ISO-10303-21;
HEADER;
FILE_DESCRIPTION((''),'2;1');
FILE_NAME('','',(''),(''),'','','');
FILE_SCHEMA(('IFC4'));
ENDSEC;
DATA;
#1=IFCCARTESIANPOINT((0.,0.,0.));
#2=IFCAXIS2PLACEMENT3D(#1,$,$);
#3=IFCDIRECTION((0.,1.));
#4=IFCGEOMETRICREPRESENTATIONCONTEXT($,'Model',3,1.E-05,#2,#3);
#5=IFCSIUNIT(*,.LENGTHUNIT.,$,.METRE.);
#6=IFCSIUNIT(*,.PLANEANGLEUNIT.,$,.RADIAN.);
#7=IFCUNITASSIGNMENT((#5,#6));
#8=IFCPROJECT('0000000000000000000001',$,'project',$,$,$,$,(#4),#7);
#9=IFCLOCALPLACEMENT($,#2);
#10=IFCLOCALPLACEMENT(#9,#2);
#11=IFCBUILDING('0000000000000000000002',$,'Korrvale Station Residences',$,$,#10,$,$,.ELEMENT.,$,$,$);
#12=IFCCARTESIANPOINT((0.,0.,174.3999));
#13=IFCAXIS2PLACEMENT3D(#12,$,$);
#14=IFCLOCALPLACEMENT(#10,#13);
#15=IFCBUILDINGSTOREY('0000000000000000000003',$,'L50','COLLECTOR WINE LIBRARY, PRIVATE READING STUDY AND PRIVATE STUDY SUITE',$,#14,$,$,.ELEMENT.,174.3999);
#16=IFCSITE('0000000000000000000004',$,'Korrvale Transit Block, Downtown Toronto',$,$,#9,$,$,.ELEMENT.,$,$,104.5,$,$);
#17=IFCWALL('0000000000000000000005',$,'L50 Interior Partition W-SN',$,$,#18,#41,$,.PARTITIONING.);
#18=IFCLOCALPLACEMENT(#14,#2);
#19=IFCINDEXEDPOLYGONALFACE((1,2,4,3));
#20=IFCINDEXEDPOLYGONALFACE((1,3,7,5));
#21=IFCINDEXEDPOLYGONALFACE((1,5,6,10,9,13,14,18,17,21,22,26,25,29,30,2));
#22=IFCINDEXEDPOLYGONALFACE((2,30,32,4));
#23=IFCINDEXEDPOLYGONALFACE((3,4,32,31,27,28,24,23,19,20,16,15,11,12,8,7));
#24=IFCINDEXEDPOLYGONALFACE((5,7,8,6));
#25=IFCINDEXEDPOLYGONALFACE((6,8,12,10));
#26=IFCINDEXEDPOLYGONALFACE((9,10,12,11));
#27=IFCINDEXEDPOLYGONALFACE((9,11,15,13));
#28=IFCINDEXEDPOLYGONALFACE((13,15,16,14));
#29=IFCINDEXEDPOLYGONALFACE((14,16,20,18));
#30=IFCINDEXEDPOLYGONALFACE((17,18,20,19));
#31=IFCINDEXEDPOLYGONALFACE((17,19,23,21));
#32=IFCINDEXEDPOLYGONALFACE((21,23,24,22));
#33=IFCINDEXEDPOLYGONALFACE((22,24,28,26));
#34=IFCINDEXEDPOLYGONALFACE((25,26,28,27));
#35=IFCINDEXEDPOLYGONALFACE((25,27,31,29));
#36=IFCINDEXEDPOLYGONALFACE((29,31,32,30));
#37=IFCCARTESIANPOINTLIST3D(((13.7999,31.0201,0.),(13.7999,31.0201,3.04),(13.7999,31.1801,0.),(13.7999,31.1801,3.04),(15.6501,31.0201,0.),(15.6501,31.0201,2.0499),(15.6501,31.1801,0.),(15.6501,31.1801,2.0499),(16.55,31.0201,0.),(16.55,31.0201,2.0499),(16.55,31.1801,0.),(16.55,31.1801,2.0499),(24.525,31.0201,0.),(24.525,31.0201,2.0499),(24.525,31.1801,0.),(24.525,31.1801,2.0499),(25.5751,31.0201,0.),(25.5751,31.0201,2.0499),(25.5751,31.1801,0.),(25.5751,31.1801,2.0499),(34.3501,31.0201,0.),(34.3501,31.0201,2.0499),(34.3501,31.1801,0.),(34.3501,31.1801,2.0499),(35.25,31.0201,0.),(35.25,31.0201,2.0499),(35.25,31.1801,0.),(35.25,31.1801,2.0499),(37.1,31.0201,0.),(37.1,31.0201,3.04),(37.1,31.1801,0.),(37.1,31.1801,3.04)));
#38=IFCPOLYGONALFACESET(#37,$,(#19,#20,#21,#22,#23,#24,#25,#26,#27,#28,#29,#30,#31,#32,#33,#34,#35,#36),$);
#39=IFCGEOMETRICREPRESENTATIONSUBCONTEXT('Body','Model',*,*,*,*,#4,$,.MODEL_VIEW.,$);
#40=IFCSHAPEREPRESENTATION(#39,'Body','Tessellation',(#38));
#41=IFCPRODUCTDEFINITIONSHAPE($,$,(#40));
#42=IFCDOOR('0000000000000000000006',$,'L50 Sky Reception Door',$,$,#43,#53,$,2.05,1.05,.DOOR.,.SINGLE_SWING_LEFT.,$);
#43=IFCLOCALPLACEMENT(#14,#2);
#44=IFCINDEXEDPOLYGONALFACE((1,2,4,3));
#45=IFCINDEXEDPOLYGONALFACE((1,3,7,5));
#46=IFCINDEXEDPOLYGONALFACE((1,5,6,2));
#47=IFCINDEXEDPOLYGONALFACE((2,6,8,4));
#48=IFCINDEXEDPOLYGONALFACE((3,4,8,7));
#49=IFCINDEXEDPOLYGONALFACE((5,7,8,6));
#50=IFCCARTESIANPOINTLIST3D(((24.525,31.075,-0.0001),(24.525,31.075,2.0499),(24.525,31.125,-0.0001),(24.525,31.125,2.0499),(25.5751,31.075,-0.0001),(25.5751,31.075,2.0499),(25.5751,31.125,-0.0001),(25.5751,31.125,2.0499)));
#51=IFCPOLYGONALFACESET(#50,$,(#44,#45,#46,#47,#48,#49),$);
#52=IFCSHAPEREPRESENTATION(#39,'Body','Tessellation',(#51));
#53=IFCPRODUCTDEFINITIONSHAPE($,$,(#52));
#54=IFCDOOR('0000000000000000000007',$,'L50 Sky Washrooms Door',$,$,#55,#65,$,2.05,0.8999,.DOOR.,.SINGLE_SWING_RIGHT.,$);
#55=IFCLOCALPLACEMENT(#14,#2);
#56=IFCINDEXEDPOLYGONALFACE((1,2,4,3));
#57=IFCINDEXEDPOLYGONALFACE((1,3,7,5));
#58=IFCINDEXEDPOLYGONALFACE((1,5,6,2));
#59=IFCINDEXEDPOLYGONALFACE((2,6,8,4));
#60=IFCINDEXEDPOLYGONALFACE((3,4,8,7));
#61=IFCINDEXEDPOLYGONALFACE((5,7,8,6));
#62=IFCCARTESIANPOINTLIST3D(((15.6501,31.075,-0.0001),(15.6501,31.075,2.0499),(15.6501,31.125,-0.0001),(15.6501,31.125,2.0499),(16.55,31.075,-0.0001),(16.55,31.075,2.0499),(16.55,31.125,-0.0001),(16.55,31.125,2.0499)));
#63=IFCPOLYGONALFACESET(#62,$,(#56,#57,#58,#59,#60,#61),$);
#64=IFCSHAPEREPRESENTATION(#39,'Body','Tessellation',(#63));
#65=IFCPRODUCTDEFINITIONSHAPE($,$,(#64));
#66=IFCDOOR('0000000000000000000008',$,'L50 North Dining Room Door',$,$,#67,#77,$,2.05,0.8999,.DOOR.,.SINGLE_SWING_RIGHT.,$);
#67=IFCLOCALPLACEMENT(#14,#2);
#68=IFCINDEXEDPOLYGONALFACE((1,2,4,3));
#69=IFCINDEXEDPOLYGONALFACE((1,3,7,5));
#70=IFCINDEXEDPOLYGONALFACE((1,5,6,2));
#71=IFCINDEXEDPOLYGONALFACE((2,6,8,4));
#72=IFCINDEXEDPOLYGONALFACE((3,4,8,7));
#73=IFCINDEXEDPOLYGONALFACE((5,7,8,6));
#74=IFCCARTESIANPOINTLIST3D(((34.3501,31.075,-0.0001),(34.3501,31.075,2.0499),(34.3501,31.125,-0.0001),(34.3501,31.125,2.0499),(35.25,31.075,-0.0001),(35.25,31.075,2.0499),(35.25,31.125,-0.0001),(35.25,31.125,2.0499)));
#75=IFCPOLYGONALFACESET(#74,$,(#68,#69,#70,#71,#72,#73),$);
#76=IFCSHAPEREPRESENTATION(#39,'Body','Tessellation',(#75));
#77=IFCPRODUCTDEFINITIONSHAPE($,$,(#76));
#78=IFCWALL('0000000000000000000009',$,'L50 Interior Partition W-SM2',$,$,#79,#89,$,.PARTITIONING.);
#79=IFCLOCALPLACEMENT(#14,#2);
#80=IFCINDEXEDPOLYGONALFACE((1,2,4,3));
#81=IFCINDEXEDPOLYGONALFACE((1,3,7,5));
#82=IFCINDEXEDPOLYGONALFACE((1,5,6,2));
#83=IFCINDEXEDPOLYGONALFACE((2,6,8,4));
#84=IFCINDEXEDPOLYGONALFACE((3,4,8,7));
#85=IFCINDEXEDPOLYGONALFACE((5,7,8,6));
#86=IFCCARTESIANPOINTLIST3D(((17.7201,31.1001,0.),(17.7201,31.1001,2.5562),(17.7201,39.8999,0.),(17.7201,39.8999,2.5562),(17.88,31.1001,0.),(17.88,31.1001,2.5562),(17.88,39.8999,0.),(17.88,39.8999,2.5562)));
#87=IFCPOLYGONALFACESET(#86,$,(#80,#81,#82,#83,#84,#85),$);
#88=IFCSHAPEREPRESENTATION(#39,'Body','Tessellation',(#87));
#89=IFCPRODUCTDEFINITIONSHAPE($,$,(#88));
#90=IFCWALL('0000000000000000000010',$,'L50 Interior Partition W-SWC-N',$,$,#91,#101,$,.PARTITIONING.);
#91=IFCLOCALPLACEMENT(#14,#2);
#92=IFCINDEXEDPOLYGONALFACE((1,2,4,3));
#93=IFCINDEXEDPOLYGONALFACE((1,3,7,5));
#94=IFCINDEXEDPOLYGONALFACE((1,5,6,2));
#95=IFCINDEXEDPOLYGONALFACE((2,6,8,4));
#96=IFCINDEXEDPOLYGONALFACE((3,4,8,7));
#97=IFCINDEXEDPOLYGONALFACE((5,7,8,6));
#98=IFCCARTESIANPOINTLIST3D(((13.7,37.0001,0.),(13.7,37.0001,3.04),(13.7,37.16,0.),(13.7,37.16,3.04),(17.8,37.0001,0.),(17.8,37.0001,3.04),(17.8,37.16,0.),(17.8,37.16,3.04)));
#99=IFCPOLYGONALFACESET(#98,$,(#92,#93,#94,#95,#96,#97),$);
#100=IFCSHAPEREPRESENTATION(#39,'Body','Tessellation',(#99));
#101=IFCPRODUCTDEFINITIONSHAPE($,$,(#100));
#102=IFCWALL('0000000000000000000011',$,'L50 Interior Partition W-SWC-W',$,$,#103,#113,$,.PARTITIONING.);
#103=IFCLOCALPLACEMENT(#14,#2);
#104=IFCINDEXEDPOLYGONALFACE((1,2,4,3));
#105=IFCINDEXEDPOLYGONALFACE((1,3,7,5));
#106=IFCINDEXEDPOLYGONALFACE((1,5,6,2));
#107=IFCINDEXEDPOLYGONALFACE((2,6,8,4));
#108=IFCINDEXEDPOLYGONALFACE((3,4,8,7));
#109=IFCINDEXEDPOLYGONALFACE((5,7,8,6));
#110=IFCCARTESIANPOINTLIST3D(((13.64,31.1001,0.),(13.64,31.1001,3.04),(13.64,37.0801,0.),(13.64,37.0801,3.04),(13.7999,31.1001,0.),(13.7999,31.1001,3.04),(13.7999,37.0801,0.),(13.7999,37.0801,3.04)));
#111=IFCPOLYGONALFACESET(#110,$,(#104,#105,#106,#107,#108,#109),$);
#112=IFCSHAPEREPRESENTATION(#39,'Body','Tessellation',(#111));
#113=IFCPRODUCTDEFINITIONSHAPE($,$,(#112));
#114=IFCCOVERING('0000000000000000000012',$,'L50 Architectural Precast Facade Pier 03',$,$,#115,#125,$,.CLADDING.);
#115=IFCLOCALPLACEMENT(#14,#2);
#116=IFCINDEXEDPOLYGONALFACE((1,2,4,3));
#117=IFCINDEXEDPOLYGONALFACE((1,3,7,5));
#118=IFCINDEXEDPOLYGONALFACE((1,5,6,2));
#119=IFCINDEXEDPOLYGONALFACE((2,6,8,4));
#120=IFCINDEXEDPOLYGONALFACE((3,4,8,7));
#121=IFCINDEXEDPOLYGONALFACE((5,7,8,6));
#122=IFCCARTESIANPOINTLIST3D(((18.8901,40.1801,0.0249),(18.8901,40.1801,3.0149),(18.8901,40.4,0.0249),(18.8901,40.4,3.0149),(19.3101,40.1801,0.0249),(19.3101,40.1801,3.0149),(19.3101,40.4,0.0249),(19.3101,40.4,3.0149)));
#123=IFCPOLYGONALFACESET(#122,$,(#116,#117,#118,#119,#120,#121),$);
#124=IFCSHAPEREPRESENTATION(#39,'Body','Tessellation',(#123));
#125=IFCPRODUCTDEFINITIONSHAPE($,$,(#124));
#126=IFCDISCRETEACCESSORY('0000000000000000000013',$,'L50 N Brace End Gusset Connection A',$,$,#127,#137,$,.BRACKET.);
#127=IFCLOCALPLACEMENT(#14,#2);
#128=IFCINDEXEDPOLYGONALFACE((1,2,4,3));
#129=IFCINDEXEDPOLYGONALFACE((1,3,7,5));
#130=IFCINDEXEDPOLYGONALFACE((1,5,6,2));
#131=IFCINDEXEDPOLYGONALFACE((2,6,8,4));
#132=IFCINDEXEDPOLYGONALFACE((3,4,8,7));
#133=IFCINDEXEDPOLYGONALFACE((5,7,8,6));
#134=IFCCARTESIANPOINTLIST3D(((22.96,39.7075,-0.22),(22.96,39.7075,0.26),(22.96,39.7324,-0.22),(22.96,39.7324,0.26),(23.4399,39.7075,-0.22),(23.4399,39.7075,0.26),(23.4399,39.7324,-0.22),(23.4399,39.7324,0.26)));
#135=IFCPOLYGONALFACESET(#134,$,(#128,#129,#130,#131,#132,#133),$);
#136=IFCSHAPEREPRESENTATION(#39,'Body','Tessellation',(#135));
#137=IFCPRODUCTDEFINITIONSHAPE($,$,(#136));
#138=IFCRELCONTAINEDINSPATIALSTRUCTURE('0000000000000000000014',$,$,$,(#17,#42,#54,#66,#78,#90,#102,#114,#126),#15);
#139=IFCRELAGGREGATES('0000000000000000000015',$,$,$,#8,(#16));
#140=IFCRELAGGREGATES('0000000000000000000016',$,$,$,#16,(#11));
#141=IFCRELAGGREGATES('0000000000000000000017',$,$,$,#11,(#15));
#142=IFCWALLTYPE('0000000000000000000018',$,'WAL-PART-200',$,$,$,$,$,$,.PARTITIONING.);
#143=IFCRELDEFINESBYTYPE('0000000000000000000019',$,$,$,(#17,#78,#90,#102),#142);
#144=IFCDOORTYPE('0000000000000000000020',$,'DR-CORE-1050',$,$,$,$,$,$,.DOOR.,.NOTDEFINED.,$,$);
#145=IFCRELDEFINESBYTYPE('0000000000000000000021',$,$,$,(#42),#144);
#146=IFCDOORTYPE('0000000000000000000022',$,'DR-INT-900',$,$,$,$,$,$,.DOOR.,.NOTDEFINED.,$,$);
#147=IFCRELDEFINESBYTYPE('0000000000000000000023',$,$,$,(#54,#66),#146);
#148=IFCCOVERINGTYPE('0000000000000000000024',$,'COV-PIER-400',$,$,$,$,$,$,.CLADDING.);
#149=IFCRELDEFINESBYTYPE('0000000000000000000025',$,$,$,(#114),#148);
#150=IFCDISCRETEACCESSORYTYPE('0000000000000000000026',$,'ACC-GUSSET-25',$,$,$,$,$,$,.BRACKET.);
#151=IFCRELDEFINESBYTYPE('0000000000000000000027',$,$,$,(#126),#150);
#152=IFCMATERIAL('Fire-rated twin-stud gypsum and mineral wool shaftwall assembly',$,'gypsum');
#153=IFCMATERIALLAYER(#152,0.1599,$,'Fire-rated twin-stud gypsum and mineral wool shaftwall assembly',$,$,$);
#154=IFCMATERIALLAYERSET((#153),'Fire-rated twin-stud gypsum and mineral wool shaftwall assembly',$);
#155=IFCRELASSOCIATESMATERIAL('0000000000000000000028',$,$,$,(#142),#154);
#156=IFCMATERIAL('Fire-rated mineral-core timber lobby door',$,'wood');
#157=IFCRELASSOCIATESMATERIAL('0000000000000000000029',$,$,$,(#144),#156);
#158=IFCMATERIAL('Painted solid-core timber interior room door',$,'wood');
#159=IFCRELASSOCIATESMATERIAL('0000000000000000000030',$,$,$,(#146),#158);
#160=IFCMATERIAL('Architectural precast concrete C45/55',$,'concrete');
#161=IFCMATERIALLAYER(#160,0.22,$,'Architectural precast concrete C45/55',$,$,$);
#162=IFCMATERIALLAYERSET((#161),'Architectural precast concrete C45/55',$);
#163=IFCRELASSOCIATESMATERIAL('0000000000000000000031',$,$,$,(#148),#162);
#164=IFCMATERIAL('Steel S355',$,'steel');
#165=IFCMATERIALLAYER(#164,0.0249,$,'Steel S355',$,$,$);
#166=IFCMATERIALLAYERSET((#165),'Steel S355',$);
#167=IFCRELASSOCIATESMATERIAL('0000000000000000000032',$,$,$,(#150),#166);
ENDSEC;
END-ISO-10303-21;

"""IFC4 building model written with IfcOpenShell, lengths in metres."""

from ifc_helpers import new_model, si_unit, direction, frame, frame_2d, origin, origin_2d, place, context, subcontext, project, spatial, rectangle, extrude, material, layer, layer_set, type_object, element, fill, save


model = new_model("IFC4")

# Units and contexts
model_context = context("Model", 3, precision=1e-05, world=origin(), true_north=direction((0.0, 1.0)))
body_context = subcontext(model_context, "Body", "Model", "MODEL_VIEW")
ifc_project = project(units=[si_unit("LENGTHUNIT", "METRE"), si_unit("PLANEANGLEUNIT", "RADIAN")], contexts=[model_context])

# Site, building, storey
site_placement = place(None, origin())
site = spatial("IfcSite", under=ifc_project, at=site_placement, Name="Korrvale Transit Block, Downtown Toronto", CompositionType="ELEMENT", RefElevation=104.5)
building_placement = place(site_placement, origin())
building = spatial("IfcBuilding", under=site, at=building_placement, Name="Korrvale Station Residences", CompositionType="ELEMENT")
storey_placement = place(building_placement, frame((0.0, 0.0, 174.3999)))
storey = spatial("IfcBuildingStorey", under=building, at=storey_placement, Name="L50", Description="COLLECTOR WINE LIBRARY, PRIVATE READING STUDY AND PRIVATE STUDY SUITE", CompositionType="ELEMENT", Elevation=174.3999)

# Shared definitions
ifc_material_1 = material(Name="Steel S355", Category="steel")

# Wall, openings, doors
ifc_material_2 = material(Name="Fire-rated twin-stud gypsum and mineral wool shaftwall assembly", Category="gypsum")
ifc_layer_1 = layer(ifc_material_2, 0.1599, Name="Fire-rated twin-stud gypsum and mineral wool shaftwall assembly")
ifc_layer_set_1 = layer_set([ifc_layer_1], Name="Fire-rated twin-stud gypsum and mineral wool shaftwall assembly")
wall_type_1 = type_object("IfcWallType", Name="WAL-PART-200", PredefinedType="PARTITIONING", material=ifc_layer_set_1)
wall_1_placement = place(storey_placement, frame((13.8, 31.1001, 0.0), z_axis=(0.0, 0.0, 1.0), x_axis=(1.0, 0.0, 0.0)))
wall_1 = element("IfcWall", 1, at=wall_1_placement, inside=storey, type_object=wall_type_1, Name="L50 Interior Partition W-SN", PredefinedType="PARTITIONING", context=body_context, shape_type="SweptSolid", body=[
    extrude(rectangle(XDim=23.3, YDim=0.1599, at=frame_2d((11.6499, 0.0))), origin(), (0.0, 0.0, 1.0), 3.04),
])
opening_1_placement = place(wall_1_placement, frame((1.8501, 0.0, 0.0)))
opening_1 = element("IfcOpeningElement", 2, at=opening_1_placement, cuts=wall_1, PredefinedType="OPENING", context=body_context, shape_type="SweptSolid", body=[
    extrude(rectangle(XDim=0.8999, YDim=2.05, at=frame_2d((0.45, 1.0249))), frame((0.0, 0.0898, 0.0), z_axis=(0.0, -1.0, 0.0), x_axis=(1.0, 0.0, 0.0)), (0.0, 0.0, 1.0), 0.1799),
])
opening_2_placement = place(wall_1_placement, frame((10.7251, 0.0, 0.0)))
opening_2 = element("IfcOpeningElement", 3, at=opening_2_placement, cuts=wall_1, PredefinedType="OPENING", context=body_context, shape_type="SweptSolid", body=[
    extrude(rectangle(XDim=1.05, YDim=2.05, at=frame_2d((0.5249, 1.0249))), frame((0.0, 0.0898, 0.0), z_axis=(0.0, -1.0, 0.0), x_axis=(1.0, 0.0, 0.0)), (0.0, 0.0, 1.0), 0.1799),
])
opening_3_placement = place(wall_1_placement, frame((20.55, 0.0, 0.0)))
opening_3 = element("IfcOpeningElement", 4, at=opening_3_placement, cuts=wall_1, PredefinedType="OPENING", context=body_context, shape_type="SweptSolid", body=[
    extrude(rectangle(XDim=0.8999, YDim=2.05, at=frame_2d((0.45, 1.0249))), frame((0.0, 0.0898, 0.0), z_axis=(0.0, -1.0, 0.0), x_axis=(1.0, 0.0, 0.0)), (0.0, 0.0, 1.0), 0.1799),
])
ifc_material_3 = material(Name="Fire-rated mineral-core timber lobby door", Category="wood")
door_type_1 = type_object("IfcDoorType", Name="DR-CORE-1050", OperationType="NOTDEFINED", PredefinedType="DOOR", material=ifc_material_3)
door_1_placement = place(opening_2_placement, origin())
door_1 = element("IfcDoor", 5, at=door_1_placement, inside=storey, type_object=door_type_1, Name="L50 Sky Reception Door", OperationType="SINGLE_SWING_LEFT", OverallHeight=2.05, OverallWidth=1.05, PredefinedType="DOOR", context=body_context, shape_type="SweptSolid", body=[
    extrude(rectangle(XDim=1.05, YDim=2.05, at=frame_2d((0.5249, 1.0249))), frame((0.0, 0.0249, 0.0), z_axis=(0.0, -1.0, 0.0), x_axis=(1.0, 0.0, 0.0)), (0.0, 0.0, 1.0), 0.05),
])
fill(opening_2, door_1)
ifc_material_4 = material(Name="Painted solid-core timber interior room door", Category="wood")
door_type_2 = type_object("IfcDoorType", Name="DR-INT-900", OperationType="NOTDEFINED", PredefinedType="DOOR", material=ifc_material_4)
door_2_placement = place(opening_1_placement, origin())
door_2 = element("IfcDoor", 6, at=door_2_placement, inside=storey, type_object=door_type_2, Name="L50 Sky Washrooms Door", OperationType="SINGLE_SWING_RIGHT", OverallHeight=2.05, OverallWidth=0.8999, PredefinedType="DOOR", context=body_context, shape_type="SweptSolid", body=[
    extrude(rectangle(XDim=0.8999, YDim=2.05, at=frame_2d((0.45, 1.0249))), frame((0.0, 0.0249, 0.0), z_axis=(0.0, -1.0, 0.0), x_axis=(1.0, 0.0, 0.0)), (0.0, 0.0, 1.0), 0.05),
])
fill(opening_1, door_2)
door_3_placement = place(opening_3_placement, origin())
door_3 = element("IfcDoor", 7, at=door_3_placement, inside=storey, type_object=door_type_2, Name="L50 North Dining Room Door", OperationType="SINGLE_SWING_RIGHT", OverallHeight=2.05, OverallWidth=0.8999, PredefinedType="DOOR", context=body_context, shape_type="SweptSolid", body=[
    extrude(rectangle(XDim=0.8999, YDim=2.05, at=frame_2d((0.45, 1.0249))), frame((0.0, 0.0249, 0.0), z_axis=(0.0, -1.0, 0.0), x_axis=(1.0, 0.0, 0.0)), (0.0, 0.0, 1.0), 0.05),
])
fill(opening_3, door_3)

# Walls
wall_2_placement = place(storey_placement, frame((17.8, 31.1001, 0.0), z_axis=(0.0, 0.0, 1.0), x_axis=(0.0, 1.0, 0.0)))
element("IfcWall", 8, at=wall_2_placement, inside=storey, type_object=wall_type_1, Name="L50 Interior Partition W-SM2", PredefinedType="PARTITIONING", context=body_context, shape_type="SweptSolid", body=[
    extrude(rectangle(XDim=8.7998, YDim=0.1599, at=frame_2d((4.3999, 0.0))), origin(), (0.0, 0.0, 1.0), 2.5562),
])
wall_3_placement = place(storey_placement, frame((13.7, 37.0801, 0.0), z_axis=(0.0, 0.0, 1.0), x_axis=(1.0, 0.0, 0.0)))
element("IfcWall", 9, at=wall_3_placement, inside=storey, type_object=wall_type_1, Name="L50 Interior Partition W-SWC-N", PredefinedType="PARTITIONING", context=body_context, shape_type="SweptSolid", body=[
    extrude(rectangle(XDim=4.1001, YDim=0.1599, at=frame_2d((2.05, 0.0))), origin(), (0.0, 0.0, 1.0), 3.04),
])
wall_4_placement = place(storey_placement, frame((13.72, 31.1001, 0.0), z_axis=(0.0, 0.0, 1.0), x_axis=(0.0, 1.0, 0.0)))
element("IfcWall", 10, at=wall_4_placement, inside=storey, type_object=wall_type_1, Name="L50 Interior Partition W-SWC-W", PredefinedType="PARTITIONING", context=body_context, shape_type="SweptSolid", body=[
    extrude(rectangle(XDim=5.98, YDim=0.1599, at=frame_2d((2.99, 0.0))), origin(), (0.0, 0.0, 1.0), 3.04),
])

# Covering
ifc_material_5 = material(Name="Architectural precast concrete C45/55", Category="concrete")
ifc_layer_2 = layer(ifc_material_5, 0.22, Name="Architectural precast concrete C45/55")
ifc_layer_set_2 = layer_set([ifc_layer_2], Name="Architectural precast concrete C45/55")
covering_type = type_object("IfcCoveringType", Name="COV-PIER-400", PredefinedType="CLADDING", material=ifc_layer_set_2)
covering_placement = place(storey_placement, frame((19.1001, 40.29, 0.0249), z_axis=(0.0, 0.0, 1.0), x_axis=(1.0, 0.0, 0.0)))
element("IfcCovering", 11, at=covering_placement, inside=storey, type_object=covering_type, Name="L50 Architectural Precast Facade Pier 03", PredefinedType="CLADDING", context=body_context, shape_type="SweptSolid", body=[
    extrude(rectangle(XDim=0.4199, YDim=0.22, at=origin_2d()), origin(), (0.0, 0.0, 1.0), 2.99),
])

# Discrete accessory
ifc_layer_3 = layer(ifc_material_1, 0.0249, Name="Steel S355")
ifc_layer_set_3 = layer_set([ifc_layer_3], Name="Steel S355")
discrete_accessory_type = type_object("IfcDiscreteAccessoryType", Name="ACC-GUSSET-25", PredefinedType="BRACKET", material=ifc_layer_set_3)
discrete_accessory_placement = place(storey_placement, frame((23.2, 39.72, -0.22), z_axis=(0.0, 0.0, 1.0), x_axis=(1.0, 0.0, 0.0)))
element("IfcDiscreteAccessory", 12, at=discrete_accessory_placement, inside=storey, type_object=discrete_accessory_type, Name="L50 N Brace End Gusset Connection A", PredefinedType="BRACKET", context=body_context, shape_type="SweptSolid", body=[
    extrude(rectangle(XDim=0.48, YDim=0.0249, at=origin_2d()), origin(), (0.0, 0.0, 1.0), 0.48),
])

save(model, "model.ifc")
